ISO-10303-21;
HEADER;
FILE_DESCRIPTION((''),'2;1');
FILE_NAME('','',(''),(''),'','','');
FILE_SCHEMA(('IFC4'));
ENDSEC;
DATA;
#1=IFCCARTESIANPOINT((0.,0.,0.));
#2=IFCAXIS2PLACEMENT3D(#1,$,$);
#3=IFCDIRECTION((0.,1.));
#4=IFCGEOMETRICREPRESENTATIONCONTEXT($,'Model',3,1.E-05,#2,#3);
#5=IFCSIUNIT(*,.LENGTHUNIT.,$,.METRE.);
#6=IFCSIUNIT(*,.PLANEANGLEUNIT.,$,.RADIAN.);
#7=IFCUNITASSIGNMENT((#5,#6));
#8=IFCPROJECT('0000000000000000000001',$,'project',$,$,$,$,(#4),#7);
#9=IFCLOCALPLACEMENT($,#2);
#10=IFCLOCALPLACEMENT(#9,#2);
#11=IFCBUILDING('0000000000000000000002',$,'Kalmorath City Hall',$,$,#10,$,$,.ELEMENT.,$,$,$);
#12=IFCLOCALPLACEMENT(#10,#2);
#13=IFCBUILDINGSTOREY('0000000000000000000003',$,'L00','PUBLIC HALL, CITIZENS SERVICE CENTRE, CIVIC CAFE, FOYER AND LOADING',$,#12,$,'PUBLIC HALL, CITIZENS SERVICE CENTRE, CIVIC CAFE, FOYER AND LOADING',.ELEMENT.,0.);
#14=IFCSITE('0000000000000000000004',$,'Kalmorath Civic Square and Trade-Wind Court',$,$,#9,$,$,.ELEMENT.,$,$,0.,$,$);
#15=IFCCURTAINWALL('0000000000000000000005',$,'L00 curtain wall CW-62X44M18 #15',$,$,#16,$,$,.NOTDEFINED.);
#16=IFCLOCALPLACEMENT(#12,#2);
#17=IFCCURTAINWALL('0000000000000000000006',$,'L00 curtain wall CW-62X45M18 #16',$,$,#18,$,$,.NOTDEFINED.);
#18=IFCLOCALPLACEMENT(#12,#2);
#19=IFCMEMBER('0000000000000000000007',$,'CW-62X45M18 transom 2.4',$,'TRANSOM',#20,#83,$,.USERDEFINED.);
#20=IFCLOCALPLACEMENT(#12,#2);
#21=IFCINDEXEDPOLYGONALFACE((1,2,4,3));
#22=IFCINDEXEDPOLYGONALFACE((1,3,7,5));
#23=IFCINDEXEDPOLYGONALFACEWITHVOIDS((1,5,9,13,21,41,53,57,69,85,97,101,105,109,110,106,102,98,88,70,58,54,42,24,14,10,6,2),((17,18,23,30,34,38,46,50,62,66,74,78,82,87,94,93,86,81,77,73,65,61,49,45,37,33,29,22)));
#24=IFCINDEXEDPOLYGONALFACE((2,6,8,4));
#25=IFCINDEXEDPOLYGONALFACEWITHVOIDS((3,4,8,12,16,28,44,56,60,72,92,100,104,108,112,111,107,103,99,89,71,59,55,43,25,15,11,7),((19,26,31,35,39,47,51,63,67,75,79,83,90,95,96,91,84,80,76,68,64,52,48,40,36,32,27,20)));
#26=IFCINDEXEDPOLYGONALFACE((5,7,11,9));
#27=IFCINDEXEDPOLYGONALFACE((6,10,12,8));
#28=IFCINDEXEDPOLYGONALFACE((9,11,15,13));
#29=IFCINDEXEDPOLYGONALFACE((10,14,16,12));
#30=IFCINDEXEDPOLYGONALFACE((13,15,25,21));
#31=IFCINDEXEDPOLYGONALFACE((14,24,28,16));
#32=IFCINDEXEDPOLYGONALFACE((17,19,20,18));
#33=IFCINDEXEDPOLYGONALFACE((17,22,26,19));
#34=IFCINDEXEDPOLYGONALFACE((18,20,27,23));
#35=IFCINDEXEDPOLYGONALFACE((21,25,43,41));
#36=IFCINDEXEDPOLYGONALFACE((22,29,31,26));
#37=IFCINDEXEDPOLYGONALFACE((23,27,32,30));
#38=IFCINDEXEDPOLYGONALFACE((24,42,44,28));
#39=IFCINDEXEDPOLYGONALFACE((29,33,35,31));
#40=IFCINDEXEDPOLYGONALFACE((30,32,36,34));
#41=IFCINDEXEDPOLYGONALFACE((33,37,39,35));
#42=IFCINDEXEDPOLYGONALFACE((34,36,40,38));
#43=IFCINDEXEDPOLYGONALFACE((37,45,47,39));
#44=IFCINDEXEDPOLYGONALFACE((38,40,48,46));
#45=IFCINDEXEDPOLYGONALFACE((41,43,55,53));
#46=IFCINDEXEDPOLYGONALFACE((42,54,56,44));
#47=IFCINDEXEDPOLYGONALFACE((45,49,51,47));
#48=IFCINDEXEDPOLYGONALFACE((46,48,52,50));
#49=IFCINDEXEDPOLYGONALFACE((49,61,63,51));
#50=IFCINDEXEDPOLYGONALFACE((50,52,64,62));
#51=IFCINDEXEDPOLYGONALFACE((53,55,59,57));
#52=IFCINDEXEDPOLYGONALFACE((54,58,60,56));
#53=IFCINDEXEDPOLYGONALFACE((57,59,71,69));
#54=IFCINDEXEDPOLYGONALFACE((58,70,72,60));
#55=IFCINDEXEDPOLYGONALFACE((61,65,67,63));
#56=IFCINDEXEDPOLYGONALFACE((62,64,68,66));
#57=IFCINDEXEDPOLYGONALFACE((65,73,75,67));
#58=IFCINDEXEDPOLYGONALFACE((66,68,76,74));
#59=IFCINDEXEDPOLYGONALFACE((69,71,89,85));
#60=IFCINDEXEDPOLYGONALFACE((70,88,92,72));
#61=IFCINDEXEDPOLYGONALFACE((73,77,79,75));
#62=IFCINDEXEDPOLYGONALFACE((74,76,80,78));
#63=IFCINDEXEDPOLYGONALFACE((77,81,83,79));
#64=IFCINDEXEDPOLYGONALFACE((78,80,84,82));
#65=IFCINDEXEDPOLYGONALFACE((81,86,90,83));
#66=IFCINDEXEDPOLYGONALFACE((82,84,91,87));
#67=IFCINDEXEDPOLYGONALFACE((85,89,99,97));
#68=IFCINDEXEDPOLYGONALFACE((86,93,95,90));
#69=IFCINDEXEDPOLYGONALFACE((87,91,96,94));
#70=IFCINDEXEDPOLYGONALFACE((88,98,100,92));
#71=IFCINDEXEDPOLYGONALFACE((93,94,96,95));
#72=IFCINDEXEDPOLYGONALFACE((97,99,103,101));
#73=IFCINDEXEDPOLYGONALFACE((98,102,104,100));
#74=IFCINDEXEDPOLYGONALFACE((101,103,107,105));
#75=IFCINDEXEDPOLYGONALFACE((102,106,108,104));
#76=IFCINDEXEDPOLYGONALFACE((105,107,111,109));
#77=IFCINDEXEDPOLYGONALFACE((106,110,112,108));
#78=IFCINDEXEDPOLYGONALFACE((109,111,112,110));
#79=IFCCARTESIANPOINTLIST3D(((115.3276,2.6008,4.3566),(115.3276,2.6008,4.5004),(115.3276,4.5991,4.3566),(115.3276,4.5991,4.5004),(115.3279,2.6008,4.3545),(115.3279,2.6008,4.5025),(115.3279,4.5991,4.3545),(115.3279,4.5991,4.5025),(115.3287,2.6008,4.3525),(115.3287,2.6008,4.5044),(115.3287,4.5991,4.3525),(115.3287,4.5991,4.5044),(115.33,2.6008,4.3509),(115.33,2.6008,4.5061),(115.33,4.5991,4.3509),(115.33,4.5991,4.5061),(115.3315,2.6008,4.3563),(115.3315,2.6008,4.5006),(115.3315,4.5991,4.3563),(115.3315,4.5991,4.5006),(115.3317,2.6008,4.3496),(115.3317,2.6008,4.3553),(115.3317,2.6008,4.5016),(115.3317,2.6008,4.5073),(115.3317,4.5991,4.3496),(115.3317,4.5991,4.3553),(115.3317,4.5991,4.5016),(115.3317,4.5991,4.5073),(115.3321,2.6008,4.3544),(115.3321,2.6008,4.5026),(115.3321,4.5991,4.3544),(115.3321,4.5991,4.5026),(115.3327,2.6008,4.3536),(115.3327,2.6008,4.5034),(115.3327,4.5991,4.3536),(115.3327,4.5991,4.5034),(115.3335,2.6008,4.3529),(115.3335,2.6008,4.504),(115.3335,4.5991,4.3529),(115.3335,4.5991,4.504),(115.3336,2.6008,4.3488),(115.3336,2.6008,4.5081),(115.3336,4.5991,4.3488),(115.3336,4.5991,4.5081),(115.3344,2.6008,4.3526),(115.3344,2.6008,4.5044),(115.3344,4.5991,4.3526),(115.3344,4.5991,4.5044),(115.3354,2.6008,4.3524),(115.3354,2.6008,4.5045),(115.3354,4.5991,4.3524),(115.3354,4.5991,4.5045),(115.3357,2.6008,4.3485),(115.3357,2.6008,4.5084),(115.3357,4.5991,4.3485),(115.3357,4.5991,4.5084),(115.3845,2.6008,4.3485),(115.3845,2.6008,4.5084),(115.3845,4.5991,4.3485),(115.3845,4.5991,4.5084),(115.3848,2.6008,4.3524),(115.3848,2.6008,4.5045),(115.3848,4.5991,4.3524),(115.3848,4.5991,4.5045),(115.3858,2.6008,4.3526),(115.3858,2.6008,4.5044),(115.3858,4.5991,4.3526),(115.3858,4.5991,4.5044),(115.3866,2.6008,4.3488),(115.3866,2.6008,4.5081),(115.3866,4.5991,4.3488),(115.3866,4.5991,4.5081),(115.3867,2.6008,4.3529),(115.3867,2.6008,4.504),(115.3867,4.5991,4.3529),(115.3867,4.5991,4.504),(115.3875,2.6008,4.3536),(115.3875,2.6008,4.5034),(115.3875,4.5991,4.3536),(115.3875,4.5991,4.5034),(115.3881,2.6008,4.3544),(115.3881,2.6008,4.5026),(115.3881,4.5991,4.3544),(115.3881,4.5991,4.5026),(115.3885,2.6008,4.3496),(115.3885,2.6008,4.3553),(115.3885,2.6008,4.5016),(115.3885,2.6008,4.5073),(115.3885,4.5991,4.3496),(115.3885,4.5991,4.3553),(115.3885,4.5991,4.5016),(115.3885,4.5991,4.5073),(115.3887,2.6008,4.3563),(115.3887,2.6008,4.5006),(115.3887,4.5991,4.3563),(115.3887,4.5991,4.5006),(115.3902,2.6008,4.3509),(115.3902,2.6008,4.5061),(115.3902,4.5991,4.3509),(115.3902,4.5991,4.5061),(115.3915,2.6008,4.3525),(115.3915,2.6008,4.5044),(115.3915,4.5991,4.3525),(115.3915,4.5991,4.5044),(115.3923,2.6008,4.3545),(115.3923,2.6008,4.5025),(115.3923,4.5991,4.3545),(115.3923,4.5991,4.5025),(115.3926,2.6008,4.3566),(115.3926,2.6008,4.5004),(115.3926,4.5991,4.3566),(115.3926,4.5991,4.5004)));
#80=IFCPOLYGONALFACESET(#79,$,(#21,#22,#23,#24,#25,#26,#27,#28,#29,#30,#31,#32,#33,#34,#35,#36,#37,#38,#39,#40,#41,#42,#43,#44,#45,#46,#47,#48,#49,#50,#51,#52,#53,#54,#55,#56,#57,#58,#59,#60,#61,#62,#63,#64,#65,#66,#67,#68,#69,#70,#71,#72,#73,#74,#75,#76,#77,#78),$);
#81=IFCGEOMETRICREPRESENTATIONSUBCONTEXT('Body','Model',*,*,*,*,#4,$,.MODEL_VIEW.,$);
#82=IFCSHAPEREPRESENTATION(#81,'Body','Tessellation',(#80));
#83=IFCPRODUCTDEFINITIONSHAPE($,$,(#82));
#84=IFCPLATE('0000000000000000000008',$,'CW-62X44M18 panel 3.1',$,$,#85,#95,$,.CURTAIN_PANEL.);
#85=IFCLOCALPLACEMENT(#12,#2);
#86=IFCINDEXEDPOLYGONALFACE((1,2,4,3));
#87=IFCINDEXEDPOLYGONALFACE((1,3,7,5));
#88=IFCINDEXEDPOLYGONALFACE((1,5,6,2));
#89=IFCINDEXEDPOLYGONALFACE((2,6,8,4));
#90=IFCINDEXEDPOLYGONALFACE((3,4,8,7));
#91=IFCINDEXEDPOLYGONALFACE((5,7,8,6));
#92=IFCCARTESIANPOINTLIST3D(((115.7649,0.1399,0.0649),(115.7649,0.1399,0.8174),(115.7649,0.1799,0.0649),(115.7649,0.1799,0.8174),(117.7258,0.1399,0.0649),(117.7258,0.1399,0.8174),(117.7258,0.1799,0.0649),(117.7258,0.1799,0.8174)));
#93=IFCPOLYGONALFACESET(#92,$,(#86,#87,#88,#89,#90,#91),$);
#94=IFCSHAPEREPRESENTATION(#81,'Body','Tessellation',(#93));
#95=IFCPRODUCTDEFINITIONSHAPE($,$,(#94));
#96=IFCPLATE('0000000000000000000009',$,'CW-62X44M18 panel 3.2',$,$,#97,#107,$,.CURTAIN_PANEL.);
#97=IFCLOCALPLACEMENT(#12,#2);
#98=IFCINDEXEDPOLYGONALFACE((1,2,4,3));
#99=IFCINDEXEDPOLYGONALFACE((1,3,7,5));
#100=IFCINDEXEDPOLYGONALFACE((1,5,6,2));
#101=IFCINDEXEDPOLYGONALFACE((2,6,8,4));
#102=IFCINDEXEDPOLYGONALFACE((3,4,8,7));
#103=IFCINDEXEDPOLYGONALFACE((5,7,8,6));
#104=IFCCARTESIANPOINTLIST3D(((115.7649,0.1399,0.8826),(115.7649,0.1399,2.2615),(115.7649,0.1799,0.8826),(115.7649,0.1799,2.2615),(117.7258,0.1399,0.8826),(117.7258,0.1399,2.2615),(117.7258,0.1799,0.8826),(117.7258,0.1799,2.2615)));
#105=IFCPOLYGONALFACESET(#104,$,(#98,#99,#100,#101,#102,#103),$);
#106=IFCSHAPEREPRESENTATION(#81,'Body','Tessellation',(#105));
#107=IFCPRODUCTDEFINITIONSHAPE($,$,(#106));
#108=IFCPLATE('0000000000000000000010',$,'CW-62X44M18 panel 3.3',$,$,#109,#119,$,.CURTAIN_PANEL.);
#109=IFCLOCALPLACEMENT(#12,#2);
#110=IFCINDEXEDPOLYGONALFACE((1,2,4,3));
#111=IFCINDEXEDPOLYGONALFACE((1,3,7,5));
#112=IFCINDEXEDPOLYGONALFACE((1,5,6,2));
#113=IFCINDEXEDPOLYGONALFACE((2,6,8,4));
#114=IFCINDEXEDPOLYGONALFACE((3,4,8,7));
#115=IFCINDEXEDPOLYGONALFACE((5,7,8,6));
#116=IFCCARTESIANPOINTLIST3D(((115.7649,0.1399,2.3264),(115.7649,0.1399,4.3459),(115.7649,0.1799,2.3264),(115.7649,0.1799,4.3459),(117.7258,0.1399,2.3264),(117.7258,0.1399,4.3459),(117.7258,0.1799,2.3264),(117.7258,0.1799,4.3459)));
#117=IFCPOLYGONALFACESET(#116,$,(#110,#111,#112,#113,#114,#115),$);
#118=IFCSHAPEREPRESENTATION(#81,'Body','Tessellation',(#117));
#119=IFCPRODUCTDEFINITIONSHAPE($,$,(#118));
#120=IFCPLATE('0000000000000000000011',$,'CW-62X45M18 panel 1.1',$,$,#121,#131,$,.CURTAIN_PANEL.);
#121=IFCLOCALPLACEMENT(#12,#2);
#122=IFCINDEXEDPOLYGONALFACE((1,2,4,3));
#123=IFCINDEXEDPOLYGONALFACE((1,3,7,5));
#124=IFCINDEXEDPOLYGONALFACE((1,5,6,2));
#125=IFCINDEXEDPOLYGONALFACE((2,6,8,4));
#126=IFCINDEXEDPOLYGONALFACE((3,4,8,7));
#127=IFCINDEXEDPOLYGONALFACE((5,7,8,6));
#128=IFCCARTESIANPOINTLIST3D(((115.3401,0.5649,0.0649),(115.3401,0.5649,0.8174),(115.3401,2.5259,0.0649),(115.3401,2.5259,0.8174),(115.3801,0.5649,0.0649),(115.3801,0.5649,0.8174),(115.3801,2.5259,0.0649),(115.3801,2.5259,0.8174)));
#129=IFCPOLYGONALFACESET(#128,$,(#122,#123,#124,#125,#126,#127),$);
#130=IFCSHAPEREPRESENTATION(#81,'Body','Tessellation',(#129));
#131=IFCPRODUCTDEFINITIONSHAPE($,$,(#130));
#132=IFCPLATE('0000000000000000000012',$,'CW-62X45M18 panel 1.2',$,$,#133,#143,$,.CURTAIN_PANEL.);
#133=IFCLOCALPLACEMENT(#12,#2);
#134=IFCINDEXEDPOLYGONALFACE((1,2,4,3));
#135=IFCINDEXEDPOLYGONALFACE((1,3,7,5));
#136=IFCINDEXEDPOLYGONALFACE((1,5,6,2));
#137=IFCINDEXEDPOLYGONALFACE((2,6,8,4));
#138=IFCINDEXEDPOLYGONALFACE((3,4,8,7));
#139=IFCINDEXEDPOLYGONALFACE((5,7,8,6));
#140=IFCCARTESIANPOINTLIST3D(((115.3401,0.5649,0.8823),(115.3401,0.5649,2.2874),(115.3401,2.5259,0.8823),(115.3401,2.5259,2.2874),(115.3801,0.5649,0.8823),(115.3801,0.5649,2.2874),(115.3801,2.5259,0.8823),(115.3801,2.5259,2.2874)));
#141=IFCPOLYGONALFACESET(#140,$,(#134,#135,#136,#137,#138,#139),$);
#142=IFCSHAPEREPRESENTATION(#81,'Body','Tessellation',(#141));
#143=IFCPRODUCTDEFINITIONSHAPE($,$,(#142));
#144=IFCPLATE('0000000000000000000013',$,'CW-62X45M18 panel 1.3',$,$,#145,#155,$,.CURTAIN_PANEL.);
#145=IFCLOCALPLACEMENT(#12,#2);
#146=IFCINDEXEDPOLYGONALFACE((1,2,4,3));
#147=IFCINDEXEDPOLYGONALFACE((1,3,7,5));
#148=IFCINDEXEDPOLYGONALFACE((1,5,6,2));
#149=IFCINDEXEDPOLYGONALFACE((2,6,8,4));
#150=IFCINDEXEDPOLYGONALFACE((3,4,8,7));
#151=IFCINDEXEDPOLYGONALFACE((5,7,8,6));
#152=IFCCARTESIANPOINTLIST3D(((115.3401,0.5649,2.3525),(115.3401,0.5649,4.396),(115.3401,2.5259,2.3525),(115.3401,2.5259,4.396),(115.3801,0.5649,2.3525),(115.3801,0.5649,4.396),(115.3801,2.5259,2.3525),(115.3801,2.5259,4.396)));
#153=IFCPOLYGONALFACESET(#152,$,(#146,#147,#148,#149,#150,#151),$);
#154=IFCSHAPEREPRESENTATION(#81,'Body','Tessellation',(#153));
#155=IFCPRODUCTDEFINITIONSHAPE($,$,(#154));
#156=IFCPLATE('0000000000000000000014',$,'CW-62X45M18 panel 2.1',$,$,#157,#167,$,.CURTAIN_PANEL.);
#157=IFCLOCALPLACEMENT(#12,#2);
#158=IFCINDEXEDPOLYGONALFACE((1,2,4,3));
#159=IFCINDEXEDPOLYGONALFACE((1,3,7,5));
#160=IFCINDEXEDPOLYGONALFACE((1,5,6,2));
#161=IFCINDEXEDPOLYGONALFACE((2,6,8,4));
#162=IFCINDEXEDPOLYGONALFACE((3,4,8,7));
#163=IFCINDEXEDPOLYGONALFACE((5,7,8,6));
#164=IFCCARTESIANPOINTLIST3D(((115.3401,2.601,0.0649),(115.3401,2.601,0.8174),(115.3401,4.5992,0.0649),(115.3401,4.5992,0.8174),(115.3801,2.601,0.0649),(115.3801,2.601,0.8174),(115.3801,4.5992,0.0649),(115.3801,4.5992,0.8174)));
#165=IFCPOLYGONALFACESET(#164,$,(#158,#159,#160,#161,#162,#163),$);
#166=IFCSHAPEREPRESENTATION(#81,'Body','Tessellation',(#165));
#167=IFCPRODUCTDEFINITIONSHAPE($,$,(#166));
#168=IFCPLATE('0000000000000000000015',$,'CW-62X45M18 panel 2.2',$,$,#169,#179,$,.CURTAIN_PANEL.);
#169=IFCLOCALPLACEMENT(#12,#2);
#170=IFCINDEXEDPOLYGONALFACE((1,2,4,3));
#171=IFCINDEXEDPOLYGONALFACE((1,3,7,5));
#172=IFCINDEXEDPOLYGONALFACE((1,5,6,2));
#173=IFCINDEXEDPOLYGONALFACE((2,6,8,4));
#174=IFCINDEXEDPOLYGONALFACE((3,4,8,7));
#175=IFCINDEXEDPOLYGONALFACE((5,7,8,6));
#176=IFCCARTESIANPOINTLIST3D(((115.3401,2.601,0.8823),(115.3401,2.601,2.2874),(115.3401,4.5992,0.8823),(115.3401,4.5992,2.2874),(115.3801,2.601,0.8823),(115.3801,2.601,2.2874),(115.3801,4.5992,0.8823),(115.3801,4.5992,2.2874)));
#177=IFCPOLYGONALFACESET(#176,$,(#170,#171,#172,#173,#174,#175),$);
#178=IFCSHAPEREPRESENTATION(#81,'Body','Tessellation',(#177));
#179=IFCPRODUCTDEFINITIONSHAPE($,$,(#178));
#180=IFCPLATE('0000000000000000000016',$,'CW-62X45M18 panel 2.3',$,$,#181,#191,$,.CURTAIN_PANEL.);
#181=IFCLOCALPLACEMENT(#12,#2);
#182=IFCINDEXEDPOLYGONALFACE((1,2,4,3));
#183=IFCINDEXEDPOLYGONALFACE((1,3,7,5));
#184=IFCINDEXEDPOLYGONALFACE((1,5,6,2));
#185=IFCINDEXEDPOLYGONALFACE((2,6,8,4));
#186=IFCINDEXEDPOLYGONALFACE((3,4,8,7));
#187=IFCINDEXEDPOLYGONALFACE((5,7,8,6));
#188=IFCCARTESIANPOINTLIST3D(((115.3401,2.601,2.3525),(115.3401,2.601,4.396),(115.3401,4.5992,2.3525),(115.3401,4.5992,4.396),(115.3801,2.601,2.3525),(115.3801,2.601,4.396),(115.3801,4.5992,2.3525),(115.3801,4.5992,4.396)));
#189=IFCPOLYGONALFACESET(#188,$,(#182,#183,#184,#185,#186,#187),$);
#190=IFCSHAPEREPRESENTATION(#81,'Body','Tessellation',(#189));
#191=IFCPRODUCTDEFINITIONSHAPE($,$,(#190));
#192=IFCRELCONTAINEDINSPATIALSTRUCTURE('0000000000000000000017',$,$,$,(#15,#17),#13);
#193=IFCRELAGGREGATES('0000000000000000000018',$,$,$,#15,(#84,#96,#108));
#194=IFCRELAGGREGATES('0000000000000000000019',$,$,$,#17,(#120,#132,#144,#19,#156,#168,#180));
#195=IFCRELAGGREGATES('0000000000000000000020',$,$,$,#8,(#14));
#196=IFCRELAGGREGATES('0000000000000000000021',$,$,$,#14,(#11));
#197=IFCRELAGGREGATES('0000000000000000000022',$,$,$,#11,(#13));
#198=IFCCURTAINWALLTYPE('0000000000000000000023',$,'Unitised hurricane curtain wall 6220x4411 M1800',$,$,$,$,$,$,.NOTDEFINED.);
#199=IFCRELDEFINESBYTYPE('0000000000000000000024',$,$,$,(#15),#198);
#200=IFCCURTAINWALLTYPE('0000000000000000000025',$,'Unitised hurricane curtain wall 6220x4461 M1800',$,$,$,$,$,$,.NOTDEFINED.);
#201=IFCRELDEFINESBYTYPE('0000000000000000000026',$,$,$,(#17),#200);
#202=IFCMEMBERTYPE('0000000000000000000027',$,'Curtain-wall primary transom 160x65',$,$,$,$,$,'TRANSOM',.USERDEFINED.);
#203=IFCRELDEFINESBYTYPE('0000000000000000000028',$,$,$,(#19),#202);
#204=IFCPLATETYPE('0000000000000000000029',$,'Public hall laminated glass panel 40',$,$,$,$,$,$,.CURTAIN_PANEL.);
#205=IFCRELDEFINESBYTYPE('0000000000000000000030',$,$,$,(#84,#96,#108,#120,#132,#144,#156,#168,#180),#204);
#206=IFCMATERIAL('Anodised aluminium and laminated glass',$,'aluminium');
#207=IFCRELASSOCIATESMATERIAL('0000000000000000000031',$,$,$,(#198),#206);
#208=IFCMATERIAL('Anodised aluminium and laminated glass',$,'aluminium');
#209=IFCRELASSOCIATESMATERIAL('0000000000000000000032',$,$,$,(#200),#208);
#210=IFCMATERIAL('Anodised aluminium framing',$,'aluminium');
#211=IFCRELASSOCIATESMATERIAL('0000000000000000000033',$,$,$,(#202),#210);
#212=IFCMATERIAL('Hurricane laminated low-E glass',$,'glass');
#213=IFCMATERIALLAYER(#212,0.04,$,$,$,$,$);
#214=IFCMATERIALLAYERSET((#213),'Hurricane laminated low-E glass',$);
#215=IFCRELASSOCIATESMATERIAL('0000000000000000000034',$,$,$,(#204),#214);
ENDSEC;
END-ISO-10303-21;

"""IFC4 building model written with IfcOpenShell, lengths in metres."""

from ifc_helpers import new_model, si_unit, direction, frame, origin, origin_2d, place, context, subcontext, project, spatial, rectangle, hollow_rectangle, extrude, material, layer, layer_set, material_profile, profile_set, type_object, element, aggregate, save


model = new_model("IFC4")

# Units and contexts
model_context = context("Model", 3, precision=1e-05, world=origin(), true_north=direction((0.0, 1.0)))
body_context = subcontext(model_context, "Body", "Model", "MODEL_VIEW")
ifc_project = project(units=[si_unit("LENGTHUNIT", "METRE"), si_unit("PLANEANGLEUNIT", "RADIAN")], contexts=[model_context])

# Site, building, storey
site_placement = place(None, origin())
site = spatial("IfcSite", under=ifc_project, at=site_placement, Name="Kalmorath Civic Square and Trade-Wind Court", CompositionType="ELEMENT", RefElevation=0.0)
building_placement = place(site_placement, origin())
building = spatial("IfcBuilding", under=site, at=building_placement, Name="Kalmorath City Hall", CompositionType="ELEMENT")
storey_placement = place(building_placement, origin())
storey = spatial("IfcBuildingStorey", under=building, at=storey_placement, Name="L00", Description="PUBLIC HALL, CITIZENS SERVICE CENTRE, CIVIC CAFE, FOYER AND LOADING", LongName="PUBLIC HALL, CITIZENS SERVICE CENTRE, CIVIC CAFE, FOYER AND LOADING", CompositionType="ELEMENT", Elevation=0.0)

# Curtain wall
ifc_material_1 = material(Name="Anodised aluminium and laminated glass", Category="aluminium")
curtain_wall_type_1 = type_object("IfcCurtainWallType", Name="Unitised hurricane curtain wall 6220x4411 M1800", PredefinedType="NOTDEFINED", material=ifc_material_1)
curtain_wall_1_placement = place(storey_placement, origin())
curtain_wall_1 = element("IfcCurtainWall", 1, at=curtain_wall_1_placement, inside=storey, type_object=curtain_wall_type_1, Name="L00 curtain wall CW-62X44M18 #15", PredefinedType="NOTDEFINED")

# Curtain wall
ifc_material_2 = material(Name="Anodised aluminium and laminated glass", Category="aluminium")
curtain_wall_type_2 = type_object("IfcCurtainWallType", Name="Unitised hurricane curtain wall 6220x4461 M1800", PredefinedType="NOTDEFINED", material=ifc_material_2)
curtain_wall_2_placement = place(storey_placement, origin())
curtain_wall_2 = element("IfcCurtainWall", 2, at=curtain_wall_2_placement, inside=storey, type_object=curtain_wall_type_2, Name="L00 curtain wall CW-62X45M18 #16", PredefinedType="NOTDEFINED")

# Member
ifc_material_3 = material(Name="Anodised aluminium framing", Category="aluminium")
ifc_material_profile_1 = material_profile(ifc_material_3, hollow_rectangle(XDim=0.0649, YDim=0.1599, WallThickness=0.0039, InnerFilletRadius=0.0039, OuterFilletRadius=0.0081, at=origin_2d()), Name="ALU-TRN-160X65X4")
ifc_profile_set_1 = profile_set([ifc_material_profile_1], Name="Anodised aluminium framing")
member_type_1 = type_object("IfcMemberType", Name="Curtain-wall primary transom 160x65", ElementType="TRANSOM", PredefinedType="USERDEFINED", material=ifc_profile_set_1)
member_1_placement = place(storey_placement, frame((115.3601, 2.6008, 4.4285), z_axis=(0.0, 1.0, 0.0), x_axis=(-1.0, 0.0, 0.0)))
member_1 = element("IfcMember", 3, at=member_1_placement, type_object=member_type_1, Name="CW-62X45M18 transom 2.4", ObjectType="TRANSOM", PredefinedType="USERDEFINED", context=body_context, shape_type="SweptSolid", body=[
    extrude(hollow_rectangle(XDim=0.0649, YDim=0.1599, WallThickness=0.0039, InnerFilletRadius=0.0039, OuterFilletRadius=0.0081, at=origin_2d()), origin(), (0.0, 0.0, 1.0), 1.9983),
])

# Plates
ifc_material_4 = material(Name="Hurricane laminated low-E glass", Category="glass")
ifc_layer_1 = layer(ifc_material_4, 0.04)
ifc_layer_set_1 = layer_set([ifc_layer_1], Name="Hurricane laminated low-E glass")
plate_type = type_object("IfcPlateType", Name="Public hall laminated glass panel 40", PredefinedType="CURTAIN_PANEL", material=ifc_layer_set_1)
plate_1_placement = place(storey_placement, frame((116.7454, 0.1599, 0.0649), z_axis=(0.0, 0.0, 1.0), x_axis=(-1.0, 0.0, 0.0)))
plate_1 = element("IfcPlate", 4, at=plate_1_placement, type_object=plate_type, Name="CW-62X44M18 panel 3.1", PredefinedType="CURTAIN_PANEL", context=body_context, shape_type="SweptSolid", body=[
    extrude(rectangle(XDim=1.9609, YDim=0.04, at=origin_2d()), origin(), (0.0, 0.0, 1.0), 0.7524),
])
plate_2_placement = place(storey_placement, frame((116.7454, 0.1599, 0.8826), z_axis=(0.0, 0.0, 1.0), x_axis=(-1.0, 0.0, 0.0)))
plate_2 = element("IfcPlate", 5, at=plate_2_placement, type_object=plate_type, Name="CW-62X44M18 panel 3.2", PredefinedType="CURTAIN_PANEL", context=body_context, shape_type="SweptSolid", body=[
    extrude(rectangle(XDim=1.9609, YDim=0.04, at=origin_2d()), origin(), (0.0, 0.0, 1.0), 1.3789),
])
plate_3_placement = place(storey_placement, frame((116.7454, 0.1599, 2.3264), z_axis=(0.0, 0.0, 1.0), x_axis=(-1.0, 0.0, 0.0)))
plate_3 = element("IfcPlate", 6, at=plate_3_placement, type_object=plate_type, Name="CW-62X44M18 panel 3.3", PredefinedType="CURTAIN_PANEL", context=body_context, shape_type="SweptSolid", body=[
    extrude(rectangle(XDim=1.9609, YDim=0.04, at=origin_2d()), origin(), (0.0, 0.0, 1.0), 2.0195),
])
aggregate(curtain_wall_1, [plate_1, plate_2, plate_3])
plate_4_placement = place(storey_placement, frame((115.3601, 1.5454, 0.0649), z_axis=(0.0, 0.0, 1.0), x_axis=(0.0, 1.0, 0.0)))
plate_4 = element("IfcPlate", 7, at=plate_4_placement, type_object=plate_type, Name="CW-62X45M18 panel 1.1", PredefinedType="CURTAIN_PANEL", context=body_context, shape_type="SweptSolid", body=[
    extrude(rectangle(XDim=1.9609, YDim=0.04, at=origin_2d()), origin(), (0.0, 0.0, 1.0), 0.7524),
])
plate_5_placement = place(storey_placement, frame((115.3601, 1.5454, 0.8823), z_axis=(0.0, 0.0, 1.0), x_axis=(0.0, 1.0, 0.0)))
plate_5 = element("IfcPlate", 8, at=plate_5_placement, type_object=plate_type, Name="CW-62X45M18 panel 1.2", PredefinedType="CURTAIN_PANEL", context=body_context, shape_type="SweptSolid", body=[
    extrude(rectangle(XDim=1.9609, YDim=0.04, at=origin_2d()), origin(), (0.0, 0.0, 1.0), 1.405),
])
plate_6_placement = place(storey_placement, frame((115.3601, 1.5454, 2.3525), z_axis=(0.0, 0.0, 1.0), x_axis=(0.0, 1.0, 0.0)))
plate_6 = element("IfcPlate", 9, at=plate_6_placement, type_object=plate_type, Name="CW-62X45M18 panel 1.3", PredefinedType="CURTAIN_PANEL", context=body_context, shape_type="SweptSolid", body=[
    extrude(rectangle(XDim=1.9609, YDim=0.04, at=origin_2d()), origin(), (0.0, 0.0, 1.0), 2.0435),
])
plate_7_placement = place(storey_placement, frame((115.3601, 3.6001, 0.0649), z_axis=(0.0, 0.0, 1.0), x_axis=(0.0, 1.0, 0.0)))
plate_7 = element("IfcPlate", 10, at=plate_7_placement, type_object=plate_type, Name="CW-62X45M18 panel 2.1", PredefinedType="CURTAIN_PANEL", context=body_context, shape_type="SweptSolid", body=[
    extrude(rectangle(XDim=1.9983, YDim=0.04, at=origin_2d()), origin(), (0.0, 0.0, 1.0), 0.7524),
])
plate_8_placement = place(storey_placement, frame((115.3601, 3.6001, 0.8823), z_axis=(0.0, 0.0, 1.0), x_axis=(0.0, 1.0, 0.0)))
plate_8 = element("IfcPlate", 11, at=plate_8_placement, type_object=plate_type, Name="CW-62X45M18 panel 2.2", PredefinedType="CURTAIN_PANEL", context=body_context, shape_type="SweptSolid", body=[
    extrude(rectangle(XDim=1.9983, YDim=0.04, at=origin_2d()), origin(), (0.0, 0.0, 1.0), 1.405),
])
plate_9_placement = place(storey_placement, frame((115.3601, 3.6001, 2.3525), z_axis=(0.0, 0.0, 1.0), x_axis=(0.0, 1.0, 0.0)))
plate_9 = element("IfcPlate", 12, at=plate_9_placement, type_object=plate_type, Name="CW-62X45M18 panel 2.3", PredefinedType="CURTAIN_PANEL", context=body_context, shape_type="SweptSolid", body=[
    extrude(rectangle(XDim=1.9983, YDim=0.04, at=origin_2d()), origin(), (0.0, 0.0, 1.0), 2.0435),
])
aggregate(curtain_wall_2, [plate_4, plate_5, plate_6, member_1, plate_7, plate_8, plate_9])

save(model, "model.ifc")
